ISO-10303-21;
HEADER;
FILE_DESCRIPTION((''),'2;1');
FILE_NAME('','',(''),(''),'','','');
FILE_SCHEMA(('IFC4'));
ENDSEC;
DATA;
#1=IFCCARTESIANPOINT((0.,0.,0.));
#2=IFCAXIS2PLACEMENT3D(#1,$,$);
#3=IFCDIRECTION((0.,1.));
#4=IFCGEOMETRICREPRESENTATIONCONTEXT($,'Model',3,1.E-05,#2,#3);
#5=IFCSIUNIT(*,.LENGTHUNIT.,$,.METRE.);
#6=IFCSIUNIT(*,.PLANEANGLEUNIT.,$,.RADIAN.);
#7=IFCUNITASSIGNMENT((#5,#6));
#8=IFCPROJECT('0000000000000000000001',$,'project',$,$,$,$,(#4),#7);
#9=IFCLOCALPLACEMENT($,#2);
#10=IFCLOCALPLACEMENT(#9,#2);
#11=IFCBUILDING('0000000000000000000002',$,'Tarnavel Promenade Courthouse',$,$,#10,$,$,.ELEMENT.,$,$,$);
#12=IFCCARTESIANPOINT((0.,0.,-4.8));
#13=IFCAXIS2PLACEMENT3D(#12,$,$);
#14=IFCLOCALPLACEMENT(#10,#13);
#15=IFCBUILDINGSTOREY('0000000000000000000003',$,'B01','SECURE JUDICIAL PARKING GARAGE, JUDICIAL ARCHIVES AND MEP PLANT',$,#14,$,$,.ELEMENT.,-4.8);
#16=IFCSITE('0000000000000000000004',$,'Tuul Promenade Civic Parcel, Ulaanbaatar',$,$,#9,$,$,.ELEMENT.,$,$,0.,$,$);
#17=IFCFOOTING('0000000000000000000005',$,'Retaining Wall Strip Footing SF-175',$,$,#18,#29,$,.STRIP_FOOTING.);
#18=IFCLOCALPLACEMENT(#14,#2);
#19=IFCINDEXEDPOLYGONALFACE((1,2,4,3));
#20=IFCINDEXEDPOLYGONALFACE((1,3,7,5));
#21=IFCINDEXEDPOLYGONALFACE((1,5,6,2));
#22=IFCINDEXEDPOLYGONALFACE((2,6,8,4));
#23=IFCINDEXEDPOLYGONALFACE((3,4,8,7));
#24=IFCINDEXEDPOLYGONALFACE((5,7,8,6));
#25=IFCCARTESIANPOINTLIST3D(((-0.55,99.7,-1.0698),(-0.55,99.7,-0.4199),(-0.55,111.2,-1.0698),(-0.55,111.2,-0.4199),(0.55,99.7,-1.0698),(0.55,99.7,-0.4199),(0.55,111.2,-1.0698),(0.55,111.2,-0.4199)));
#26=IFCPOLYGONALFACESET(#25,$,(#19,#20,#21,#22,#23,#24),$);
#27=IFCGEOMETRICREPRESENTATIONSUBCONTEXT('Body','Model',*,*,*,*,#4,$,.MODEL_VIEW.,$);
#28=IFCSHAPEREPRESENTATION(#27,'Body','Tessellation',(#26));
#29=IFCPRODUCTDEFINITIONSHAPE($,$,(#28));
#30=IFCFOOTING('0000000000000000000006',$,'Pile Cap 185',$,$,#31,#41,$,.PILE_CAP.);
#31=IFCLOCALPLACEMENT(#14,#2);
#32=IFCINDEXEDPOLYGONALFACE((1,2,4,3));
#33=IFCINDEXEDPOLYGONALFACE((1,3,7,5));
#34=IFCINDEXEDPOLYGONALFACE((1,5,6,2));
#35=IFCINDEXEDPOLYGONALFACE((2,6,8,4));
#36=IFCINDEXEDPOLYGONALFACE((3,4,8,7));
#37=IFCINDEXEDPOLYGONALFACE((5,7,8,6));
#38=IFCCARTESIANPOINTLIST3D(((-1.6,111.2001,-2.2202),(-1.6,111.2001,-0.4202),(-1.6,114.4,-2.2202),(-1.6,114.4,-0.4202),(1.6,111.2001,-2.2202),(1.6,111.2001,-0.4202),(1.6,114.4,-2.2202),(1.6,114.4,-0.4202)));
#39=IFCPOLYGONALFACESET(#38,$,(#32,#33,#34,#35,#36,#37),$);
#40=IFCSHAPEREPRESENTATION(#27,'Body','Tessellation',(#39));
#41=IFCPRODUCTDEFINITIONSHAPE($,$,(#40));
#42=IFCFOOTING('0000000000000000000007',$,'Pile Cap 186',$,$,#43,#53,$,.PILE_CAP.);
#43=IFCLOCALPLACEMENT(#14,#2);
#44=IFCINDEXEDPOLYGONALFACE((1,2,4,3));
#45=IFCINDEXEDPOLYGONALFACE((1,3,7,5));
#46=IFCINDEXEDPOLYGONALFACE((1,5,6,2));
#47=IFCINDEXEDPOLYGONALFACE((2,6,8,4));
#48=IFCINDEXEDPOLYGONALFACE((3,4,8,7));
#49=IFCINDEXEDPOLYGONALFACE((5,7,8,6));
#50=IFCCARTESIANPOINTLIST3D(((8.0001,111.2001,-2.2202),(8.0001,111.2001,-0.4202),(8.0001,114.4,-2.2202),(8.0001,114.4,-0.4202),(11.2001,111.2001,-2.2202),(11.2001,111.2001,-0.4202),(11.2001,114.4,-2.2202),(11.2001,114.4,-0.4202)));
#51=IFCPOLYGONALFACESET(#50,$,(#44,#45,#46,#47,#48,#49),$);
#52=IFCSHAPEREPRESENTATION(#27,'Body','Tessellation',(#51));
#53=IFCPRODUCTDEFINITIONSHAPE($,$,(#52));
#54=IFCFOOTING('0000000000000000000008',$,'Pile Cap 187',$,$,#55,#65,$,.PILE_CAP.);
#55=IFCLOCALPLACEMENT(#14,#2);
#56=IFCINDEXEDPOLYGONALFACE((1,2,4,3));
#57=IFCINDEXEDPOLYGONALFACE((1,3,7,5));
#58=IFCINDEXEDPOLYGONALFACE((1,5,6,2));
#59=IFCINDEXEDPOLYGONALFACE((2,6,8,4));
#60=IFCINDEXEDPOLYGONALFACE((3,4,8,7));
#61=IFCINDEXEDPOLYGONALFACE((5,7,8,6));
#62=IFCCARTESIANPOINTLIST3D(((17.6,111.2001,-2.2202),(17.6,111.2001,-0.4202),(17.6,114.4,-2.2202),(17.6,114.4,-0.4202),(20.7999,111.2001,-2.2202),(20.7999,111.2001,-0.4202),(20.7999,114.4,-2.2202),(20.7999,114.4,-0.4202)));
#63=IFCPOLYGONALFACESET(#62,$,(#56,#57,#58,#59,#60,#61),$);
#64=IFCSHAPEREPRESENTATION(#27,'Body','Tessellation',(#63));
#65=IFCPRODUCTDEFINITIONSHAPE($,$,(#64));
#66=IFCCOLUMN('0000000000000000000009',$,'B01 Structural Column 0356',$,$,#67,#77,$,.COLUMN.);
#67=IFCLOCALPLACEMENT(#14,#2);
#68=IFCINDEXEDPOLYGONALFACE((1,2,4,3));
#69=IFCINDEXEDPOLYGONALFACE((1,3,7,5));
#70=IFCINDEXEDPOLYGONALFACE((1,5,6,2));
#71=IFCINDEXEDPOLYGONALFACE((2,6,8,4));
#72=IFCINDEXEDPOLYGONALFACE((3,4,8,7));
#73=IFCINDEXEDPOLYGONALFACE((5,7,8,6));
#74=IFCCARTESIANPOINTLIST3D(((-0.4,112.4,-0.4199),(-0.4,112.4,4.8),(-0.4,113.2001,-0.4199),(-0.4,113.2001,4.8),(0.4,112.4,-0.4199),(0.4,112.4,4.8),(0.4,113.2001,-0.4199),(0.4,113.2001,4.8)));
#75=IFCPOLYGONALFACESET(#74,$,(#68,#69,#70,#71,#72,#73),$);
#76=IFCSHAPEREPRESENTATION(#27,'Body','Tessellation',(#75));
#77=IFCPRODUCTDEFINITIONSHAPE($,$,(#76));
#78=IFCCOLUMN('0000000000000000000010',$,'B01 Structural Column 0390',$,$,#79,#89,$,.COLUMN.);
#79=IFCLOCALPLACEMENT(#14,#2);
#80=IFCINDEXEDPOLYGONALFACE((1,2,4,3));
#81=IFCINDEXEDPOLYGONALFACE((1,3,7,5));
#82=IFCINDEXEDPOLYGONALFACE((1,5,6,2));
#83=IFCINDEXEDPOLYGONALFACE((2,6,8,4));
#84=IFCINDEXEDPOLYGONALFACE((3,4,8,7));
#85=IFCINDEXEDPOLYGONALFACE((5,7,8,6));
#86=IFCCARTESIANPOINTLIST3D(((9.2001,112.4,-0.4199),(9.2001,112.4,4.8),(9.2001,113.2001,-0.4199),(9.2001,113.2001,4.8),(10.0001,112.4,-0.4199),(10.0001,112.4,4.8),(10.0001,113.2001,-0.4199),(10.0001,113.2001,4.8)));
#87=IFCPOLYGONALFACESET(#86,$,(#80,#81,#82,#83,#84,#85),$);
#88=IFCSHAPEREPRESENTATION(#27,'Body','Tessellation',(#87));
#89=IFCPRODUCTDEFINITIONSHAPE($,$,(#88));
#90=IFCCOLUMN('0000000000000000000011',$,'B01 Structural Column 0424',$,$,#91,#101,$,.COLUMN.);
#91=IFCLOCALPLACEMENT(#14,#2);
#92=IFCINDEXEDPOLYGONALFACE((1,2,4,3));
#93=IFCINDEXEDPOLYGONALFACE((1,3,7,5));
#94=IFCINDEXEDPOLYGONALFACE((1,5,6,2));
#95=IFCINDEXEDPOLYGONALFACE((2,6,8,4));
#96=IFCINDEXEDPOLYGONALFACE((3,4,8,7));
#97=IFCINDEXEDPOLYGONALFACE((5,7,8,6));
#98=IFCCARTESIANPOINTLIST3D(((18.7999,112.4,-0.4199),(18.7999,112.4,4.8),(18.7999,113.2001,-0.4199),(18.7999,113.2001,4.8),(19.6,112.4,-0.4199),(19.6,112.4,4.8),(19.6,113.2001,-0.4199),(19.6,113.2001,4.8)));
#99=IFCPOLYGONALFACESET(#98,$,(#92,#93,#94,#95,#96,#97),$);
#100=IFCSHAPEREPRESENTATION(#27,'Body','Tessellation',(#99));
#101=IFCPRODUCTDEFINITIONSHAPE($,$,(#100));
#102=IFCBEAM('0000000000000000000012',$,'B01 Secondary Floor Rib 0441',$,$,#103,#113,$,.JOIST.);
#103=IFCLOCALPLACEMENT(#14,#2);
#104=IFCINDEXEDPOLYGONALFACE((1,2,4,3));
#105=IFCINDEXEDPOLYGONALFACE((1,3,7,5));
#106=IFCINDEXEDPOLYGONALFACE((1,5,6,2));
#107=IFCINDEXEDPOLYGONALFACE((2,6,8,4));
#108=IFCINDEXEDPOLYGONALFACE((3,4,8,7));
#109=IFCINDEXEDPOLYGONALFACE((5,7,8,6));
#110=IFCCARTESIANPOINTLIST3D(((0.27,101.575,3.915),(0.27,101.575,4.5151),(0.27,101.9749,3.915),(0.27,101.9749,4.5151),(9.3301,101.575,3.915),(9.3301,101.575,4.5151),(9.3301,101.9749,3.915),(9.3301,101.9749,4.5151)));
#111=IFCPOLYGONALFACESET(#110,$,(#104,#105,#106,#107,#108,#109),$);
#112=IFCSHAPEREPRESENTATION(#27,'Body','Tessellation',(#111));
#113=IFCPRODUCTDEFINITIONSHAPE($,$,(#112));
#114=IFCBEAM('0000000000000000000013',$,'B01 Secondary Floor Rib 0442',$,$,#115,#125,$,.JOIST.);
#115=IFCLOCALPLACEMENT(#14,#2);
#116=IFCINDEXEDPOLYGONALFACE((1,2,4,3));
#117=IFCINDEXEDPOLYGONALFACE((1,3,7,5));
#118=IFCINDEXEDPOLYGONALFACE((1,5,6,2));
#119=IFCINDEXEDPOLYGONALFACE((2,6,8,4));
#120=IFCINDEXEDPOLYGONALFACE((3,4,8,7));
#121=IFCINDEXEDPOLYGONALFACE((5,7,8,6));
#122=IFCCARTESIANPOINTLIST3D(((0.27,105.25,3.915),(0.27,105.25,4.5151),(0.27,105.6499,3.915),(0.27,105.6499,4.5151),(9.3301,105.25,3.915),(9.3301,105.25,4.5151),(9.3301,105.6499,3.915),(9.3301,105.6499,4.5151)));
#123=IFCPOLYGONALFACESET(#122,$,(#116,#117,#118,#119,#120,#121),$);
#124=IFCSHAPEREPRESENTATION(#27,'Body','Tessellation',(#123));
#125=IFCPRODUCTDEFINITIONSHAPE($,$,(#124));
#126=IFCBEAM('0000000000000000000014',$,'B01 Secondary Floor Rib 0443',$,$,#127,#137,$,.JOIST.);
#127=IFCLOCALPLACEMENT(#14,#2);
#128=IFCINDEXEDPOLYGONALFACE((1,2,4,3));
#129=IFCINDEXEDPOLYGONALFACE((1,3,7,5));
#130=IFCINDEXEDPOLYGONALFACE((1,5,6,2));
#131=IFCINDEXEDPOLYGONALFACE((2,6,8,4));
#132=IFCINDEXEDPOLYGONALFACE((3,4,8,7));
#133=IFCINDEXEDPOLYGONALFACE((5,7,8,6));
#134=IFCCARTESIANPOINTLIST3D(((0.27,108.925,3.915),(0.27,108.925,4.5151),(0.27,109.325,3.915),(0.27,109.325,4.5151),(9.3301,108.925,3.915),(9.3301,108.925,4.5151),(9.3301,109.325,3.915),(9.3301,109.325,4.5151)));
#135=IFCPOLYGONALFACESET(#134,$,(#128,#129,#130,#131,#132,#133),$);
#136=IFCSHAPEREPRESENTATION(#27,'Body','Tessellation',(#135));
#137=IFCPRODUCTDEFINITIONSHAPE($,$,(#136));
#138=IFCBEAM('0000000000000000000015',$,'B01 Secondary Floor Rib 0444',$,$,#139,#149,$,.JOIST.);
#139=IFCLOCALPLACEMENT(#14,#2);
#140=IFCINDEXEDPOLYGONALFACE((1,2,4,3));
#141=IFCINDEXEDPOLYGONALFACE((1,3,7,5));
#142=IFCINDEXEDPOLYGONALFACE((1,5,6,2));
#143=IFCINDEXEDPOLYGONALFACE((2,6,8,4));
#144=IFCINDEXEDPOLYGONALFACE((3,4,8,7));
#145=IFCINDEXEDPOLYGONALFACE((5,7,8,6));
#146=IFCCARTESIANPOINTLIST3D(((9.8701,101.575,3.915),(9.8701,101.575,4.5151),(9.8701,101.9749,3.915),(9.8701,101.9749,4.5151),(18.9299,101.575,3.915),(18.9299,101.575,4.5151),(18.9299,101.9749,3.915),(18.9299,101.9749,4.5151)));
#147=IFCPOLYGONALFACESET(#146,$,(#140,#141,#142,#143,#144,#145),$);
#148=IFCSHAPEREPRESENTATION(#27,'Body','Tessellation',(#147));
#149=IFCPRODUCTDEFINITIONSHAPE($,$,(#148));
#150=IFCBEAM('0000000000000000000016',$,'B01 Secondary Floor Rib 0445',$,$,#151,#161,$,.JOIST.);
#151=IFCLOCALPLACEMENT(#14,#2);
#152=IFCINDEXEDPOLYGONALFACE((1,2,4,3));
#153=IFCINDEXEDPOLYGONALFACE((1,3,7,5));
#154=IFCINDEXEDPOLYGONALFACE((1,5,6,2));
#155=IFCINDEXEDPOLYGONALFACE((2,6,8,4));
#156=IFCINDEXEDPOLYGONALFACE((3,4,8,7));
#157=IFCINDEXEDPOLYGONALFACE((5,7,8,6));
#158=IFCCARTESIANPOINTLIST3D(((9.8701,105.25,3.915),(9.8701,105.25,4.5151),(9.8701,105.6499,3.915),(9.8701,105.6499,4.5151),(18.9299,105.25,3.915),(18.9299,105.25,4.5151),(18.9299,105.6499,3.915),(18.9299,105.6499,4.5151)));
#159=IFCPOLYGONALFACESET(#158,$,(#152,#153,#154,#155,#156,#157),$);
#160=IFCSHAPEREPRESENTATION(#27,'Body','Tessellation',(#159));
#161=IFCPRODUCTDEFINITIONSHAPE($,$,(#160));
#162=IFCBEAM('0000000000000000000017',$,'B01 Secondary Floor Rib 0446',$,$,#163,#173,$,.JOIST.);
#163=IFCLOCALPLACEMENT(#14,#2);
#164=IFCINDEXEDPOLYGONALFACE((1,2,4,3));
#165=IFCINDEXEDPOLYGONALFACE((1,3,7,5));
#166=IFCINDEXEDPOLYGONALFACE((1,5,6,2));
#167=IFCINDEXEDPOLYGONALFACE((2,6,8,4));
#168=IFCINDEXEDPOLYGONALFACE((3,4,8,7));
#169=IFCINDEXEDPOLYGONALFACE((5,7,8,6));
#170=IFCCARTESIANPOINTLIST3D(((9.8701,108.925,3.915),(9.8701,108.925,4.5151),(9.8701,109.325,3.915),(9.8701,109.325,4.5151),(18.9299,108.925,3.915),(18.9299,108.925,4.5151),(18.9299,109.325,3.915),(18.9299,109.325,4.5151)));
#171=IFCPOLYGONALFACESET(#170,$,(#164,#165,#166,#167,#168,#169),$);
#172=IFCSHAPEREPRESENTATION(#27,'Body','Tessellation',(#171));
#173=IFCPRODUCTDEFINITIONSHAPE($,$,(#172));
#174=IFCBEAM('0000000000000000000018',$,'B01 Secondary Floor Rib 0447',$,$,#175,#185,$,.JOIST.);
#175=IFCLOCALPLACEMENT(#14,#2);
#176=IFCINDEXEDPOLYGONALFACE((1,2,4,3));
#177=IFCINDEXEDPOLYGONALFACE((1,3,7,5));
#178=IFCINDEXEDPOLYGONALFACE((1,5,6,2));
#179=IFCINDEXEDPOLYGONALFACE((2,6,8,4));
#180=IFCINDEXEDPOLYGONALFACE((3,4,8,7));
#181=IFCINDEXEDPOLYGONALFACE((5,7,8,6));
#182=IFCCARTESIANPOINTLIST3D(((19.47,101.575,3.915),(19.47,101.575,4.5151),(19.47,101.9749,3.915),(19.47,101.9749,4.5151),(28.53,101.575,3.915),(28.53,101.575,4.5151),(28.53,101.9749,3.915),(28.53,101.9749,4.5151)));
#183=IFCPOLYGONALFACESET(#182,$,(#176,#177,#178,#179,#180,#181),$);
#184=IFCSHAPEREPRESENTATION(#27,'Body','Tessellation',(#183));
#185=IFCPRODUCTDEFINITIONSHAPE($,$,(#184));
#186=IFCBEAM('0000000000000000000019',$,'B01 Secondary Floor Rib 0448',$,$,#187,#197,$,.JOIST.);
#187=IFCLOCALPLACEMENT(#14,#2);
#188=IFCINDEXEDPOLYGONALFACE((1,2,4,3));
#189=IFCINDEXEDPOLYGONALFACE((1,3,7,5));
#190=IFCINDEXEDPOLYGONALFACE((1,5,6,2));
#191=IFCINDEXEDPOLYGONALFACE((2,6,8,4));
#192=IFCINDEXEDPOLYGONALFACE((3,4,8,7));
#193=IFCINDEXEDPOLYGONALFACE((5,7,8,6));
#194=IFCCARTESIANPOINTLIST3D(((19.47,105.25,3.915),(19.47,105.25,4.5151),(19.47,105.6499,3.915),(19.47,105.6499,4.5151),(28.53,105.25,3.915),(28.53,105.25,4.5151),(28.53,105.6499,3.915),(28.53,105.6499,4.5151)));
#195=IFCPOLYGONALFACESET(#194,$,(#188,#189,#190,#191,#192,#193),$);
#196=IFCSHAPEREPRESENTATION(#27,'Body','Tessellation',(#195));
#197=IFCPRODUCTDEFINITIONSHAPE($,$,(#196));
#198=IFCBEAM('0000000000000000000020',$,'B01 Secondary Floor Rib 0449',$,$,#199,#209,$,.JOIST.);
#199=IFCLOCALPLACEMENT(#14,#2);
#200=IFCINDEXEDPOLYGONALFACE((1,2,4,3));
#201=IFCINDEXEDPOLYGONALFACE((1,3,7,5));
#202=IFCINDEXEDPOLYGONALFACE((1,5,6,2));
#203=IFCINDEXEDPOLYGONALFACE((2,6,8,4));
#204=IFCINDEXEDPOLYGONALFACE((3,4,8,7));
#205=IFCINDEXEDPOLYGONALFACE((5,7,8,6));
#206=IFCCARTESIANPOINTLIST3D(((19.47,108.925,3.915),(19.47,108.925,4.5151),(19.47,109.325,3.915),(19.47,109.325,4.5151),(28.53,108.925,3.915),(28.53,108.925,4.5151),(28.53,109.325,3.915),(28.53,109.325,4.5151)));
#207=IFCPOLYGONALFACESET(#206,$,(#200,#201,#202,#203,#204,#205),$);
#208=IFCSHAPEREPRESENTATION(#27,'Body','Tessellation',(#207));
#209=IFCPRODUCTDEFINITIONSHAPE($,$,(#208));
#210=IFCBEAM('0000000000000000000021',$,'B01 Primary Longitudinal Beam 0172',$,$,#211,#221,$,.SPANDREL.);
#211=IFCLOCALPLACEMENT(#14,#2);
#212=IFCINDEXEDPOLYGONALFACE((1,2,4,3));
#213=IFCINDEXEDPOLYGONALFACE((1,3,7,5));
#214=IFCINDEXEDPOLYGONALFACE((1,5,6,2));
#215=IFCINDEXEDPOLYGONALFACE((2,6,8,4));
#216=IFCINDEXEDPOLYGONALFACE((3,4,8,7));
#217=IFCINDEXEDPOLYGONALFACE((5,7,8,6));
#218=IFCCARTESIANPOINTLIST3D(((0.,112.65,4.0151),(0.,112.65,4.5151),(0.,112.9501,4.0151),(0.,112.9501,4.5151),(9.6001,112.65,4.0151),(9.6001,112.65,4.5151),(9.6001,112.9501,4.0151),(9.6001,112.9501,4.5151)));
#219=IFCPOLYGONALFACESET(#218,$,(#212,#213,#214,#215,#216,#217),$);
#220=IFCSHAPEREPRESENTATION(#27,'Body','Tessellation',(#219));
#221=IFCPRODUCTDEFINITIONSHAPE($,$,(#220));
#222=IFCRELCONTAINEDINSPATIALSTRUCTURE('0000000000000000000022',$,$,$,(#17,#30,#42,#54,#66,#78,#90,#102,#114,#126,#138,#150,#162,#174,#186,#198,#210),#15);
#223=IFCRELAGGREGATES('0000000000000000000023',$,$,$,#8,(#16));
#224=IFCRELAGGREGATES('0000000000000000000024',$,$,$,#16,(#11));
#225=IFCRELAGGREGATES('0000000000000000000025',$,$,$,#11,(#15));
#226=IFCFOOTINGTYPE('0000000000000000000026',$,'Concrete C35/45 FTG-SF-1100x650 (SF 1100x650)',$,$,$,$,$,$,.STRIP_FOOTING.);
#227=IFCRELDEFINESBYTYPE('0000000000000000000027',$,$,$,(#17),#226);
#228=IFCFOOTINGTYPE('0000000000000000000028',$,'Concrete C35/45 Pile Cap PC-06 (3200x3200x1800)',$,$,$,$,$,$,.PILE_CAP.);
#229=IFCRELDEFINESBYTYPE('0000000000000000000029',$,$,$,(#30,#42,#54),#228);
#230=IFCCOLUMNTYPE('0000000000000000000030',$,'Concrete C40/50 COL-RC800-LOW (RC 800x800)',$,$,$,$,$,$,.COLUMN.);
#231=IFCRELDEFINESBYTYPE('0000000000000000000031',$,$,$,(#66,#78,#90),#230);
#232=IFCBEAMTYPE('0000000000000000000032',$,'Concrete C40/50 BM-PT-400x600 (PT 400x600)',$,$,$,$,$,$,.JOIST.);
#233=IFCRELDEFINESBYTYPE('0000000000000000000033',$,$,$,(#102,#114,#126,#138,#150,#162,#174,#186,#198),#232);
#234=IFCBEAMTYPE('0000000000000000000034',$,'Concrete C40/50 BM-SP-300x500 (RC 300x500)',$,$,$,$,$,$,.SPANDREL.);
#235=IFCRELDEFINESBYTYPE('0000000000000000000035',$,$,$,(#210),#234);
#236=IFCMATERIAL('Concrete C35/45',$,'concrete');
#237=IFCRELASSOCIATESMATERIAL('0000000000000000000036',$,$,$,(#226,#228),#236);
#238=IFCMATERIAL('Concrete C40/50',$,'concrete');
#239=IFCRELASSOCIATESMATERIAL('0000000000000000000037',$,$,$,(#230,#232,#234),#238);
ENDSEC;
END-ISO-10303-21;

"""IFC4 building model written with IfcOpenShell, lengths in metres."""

from ifc_helpers import new_model, si_unit, direction, frame, origin, origin_2d, place, context, subcontext, project, spatial, rectangle, extrude, material, material_profile, profile_set, type_object, element, save


model = new_model("IFC4")

# Units and contexts
model_context = context("Model", 3, precision=1e-05, world=origin(), true_north=direction((0.0, 1.0)))
body_context = subcontext(model_context, "Body", "Model", "MODEL_VIEW")
ifc_project = project(units=[si_unit("LENGTHUNIT", "METRE"), si_unit("PLANEANGLEUNIT", "RADIAN")], contexts=[model_context])

# Site, building, storey
site_placement = place(None, origin())
site = spatial("IfcSite", under=ifc_project, at=site_placement, Name="Tuul Promenade Civic Parcel, Ulaanbaatar", CompositionType="ELEMENT", RefElevation=0.0)
building_placement = place(site_placement, origin())
building = spatial("IfcBuilding", under=site, at=building_placement, Name="Tarnavel Promenade Courthouse", CompositionType="ELEMENT")
storey_placement = place(building_placement, frame((0.0, 0.0, -4.8)))
storey = spatial("IfcBuildingStorey", under=building, at=storey_placement, Name="B01", Description="SECURE JUDICIAL PARKING GARAGE, JUDICIAL ARCHIVES AND MEP PLANT", CompositionType="ELEMENT", Elevation=-4.8)

# Footings
ifc_material_1 = material(Name="Concrete C35/45", Category="concrete")
ifc_material_profile_1 = material_profile(ifc_material_1, rectangle(XDim=1.1001, YDim=0.6499, at=origin_2d()), Name="SF 1100x650")
ifc_profile_set_1 = profile_set([ifc_material_profile_1], Name="Concrete C35/45")
footing_type_1 = type_object("IfcFootingType", Name="Concrete C35/45 FTG-SF-1100x650 (SF 1100x650)", PredefinedType="STRIP_FOOTING", material=ifc_profile_set_1)
footing_1_placement = place(storey_placement, frame((0.0, 99.7, -0.7449), z_axis=(0.0, 1.0, 0.0), x_axis=(-1.0, 0.0, 0.0)))
element("IfcFooting", 1, at=footing_1_placement, inside=storey, type_object=footing_type_1, Name="Retaining Wall Strip Footing SF-175", PredefinedType="STRIP_FOOTING", context=body_context, shape_type="SweptSolid", body=[
    extrude(rectangle(XDim=1.1001, YDim=0.6499, at=origin_2d()), origin(), (0.0, 0.0, 1.0), 11.5),
])
footing_type_2 = type_object("IfcFootingType", Name="Concrete C35/45 Pile Cap PC-06 (3200x3200x1800)", PredefinedType="PILE_CAP", material=ifc_material_1)
for number, where, z_axis, x_axis, name in (
    (2, (0.0, 112.8, -2.2202), (0.0, 0.0, 1.0), (1.0, 0.0, 0.0), "Pile Cap 185"),
    (3, (9.6001, 112.8, -2.2202), (0.0, 0.0, 1.0), (1.0, 0.0, 0.0), "Pile Cap 186"),
    (4, (19.2, 112.8, -2.2202), (0.0, 0.0, 1.0), (1.0, 0.0, 0.0), "Pile Cap 187"),
):
    element("IfcFooting", number, at=place(storey_placement, frame(where, z_axis=z_axis, x_axis=x_axis)), inside=storey, type_object=footing_type_2, Name=name, PredefinedType="PILE_CAP", context=body_context, shape_type="SweptSolid", body=[
        extrude(rectangle(XDim=3.2, YDim=3.2, at=origin_2d()), origin(), (0.0, 0.0, 1.0), 1.8),
    ])

# Columns
ifc_material_2 = material(Name="Concrete C40/50", Category="concrete")
ifc_material_profile_2 = material_profile(ifc_material_2, rectangle(XDim=0.8, YDim=0.8, at=origin_2d()), Name="RC 800x800")
ifc_profile_set_2 = profile_set([ifc_material_profile_2], Name="Concrete C40/50")
column_type = type_object("IfcColumnType", Name="Concrete C40/50 COL-RC800-LOW (RC 800x800)", PredefinedType="COLUMN", material=ifc_profile_set_2)
for number, where, z_axis, x_axis, name in (
    (5, (0.0, 112.8, -0.4199), (0.0, 0.0, 1.0), (1.0, 0.0, 0.0), "B01 Structural Column 0356"),
    (6, (9.6001, 112.8, -0.4199), (0.0, 0.0, 1.0), (1.0, 0.0, 0.0), "B01 Structural Column 0390"),
    (7, (19.2, 112.8, -0.4199), (0.0, 0.0, 1.0), (1.0, 0.0, 0.0), "B01 Structural Column 0424"),
):
    element("IfcColumn", number, at=place(storey_placement, frame(where, z_axis=z_axis, x_axis=x_axis)), inside=storey, type_object=column_type, Name=name, PredefinedType="COLUMN", context=body_context, shape_type="SweptSolid", body=[
        extrude(rectangle(XDim=0.8, YDim=0.8, at=origin_2d()), origin(), (0.0, 0.0, 1.0), 5.22),
    ])

# Beams
ifc_material_profile_3 = material_profile(ifc_material_2, rectangle(XDim=0.3999, YDim=0.6001, at=origin_2d()), Name="PT 400x600")
ifc_profile_set_3 = profile_set([ifc_material_profile_3], Name="Concrete C40/50")
beam_type_1 = type_object("IfcBeamType", Name="Concrete C40/50 BM-PT-400x600 (PT 400x600)", PredefinedType="JOIST", material=ifc_profile_set_3)
for number, where, z_axis, x_axis, name in (
    (8, (0.27, 101.7749, 4.2151), (1.0, 0.0, 0.0), (0.0, 1.0, 0.0), "B01 Secondary Floor Rib 0441"),
    (9, (0.27, 105.45, 4.2151), (1.0, 0.0, 0.0), (0.0, 1.0, 0.0), "B01 Secondary Floor Rib 0442"),
    (10, (0.27, 109.125, 4.2151), (1.0, 0.0, 0.0), (0.0, 1.0, 0.0), "B01 Secondary Floor Rib 0443"),
):
    element("IfcBeam", number, at=place(storey_placement, frame(where, z_axis=z_axis, x_axis=x_axis)), inside=storey, type_object=beam_type_1, Name=name, PredefinedType="JOIST", context=body_context, shape_type="SweptSolid", body=[
        extrude(rectangle(XDim=0.3999, YDim=0.6001, at=origin_2d()), origin(), (0.0, 0.0, 1.0), 9.0601),
    ])
for number, where, z_axis, x_axis, name in (
    (11, (9.8701, 101.7749, 4.2151), (1.0, 0.0, 0.0), (0.0, 1.0, 0.0), "B01 Secondary Floor Rib 0444"),
    (12, (9.8701, 105.45, 4.2151), (1.0, 0.0, 0.0), (0.0, 1.0, 0.0), "B01 Secondary Floor Rib 0445"),
    (13, (9.8701, 109.125, 4.2151), (1.0, 0.0, 0.0), (0.0, 1.0, 0.0), "B01 Secondary Floor Rib 0446"),
):
    element("IfcBeam", number, at=place(storey_placement, frame(where, z_axis=z_axis, x_axis=x_axis)), inside=storey, type_object=beam_type_1, Name=name, PredefinedType="JOIST", context=body_context, shape_type="SweptSolid", body=[
        extrude(rectangle(XDim=0.3999, YDim=0.6001, at=origin_2d()), origin(), (0.0, 0.0, 1.0), 9.0598),
    ])
for number, where, z_axis, x_axis, name in (
    (14, (19.47, 101.7749, 4.2151), (1.0, 0.0, 0.0), (0.0, 1.0, 0.0), "B01 Secondary Floor Rib 0447"),
    (15, (19.47, 105.45, 4.2151), (1.0, 0.0, 0.0), (0.0, 1.0, 0.0), "B01 Secondary Floor Rib 0448"),
    (16, (19.47, 109.125, 4.2151), (1.0, 0.0, 0.0), (0.0, 1.0, 0.0), "B01 Secondary Floor Rib 0449"),
):
    element("IfcBeam", number, at=place(storey_placement, frame(where, z_axis=z_axis, x_axis=x_axis)), inside=storey, type_object=beam_type_1, Name=name, PredefinedType="JOIST", context=body_context, shape_type="SweptSolid", body=[
        extrude(rectangle(XDim=0.3999, YDim=0.6001, at=origin_2d()), origin(), (0.0, 0.0, 1.0), 9.0601),
    ])
ifc_material_profile_4 = material_profile(ifc_material_2, rectangle(XDim=0.3, YDim=0.5, at=origin_2d()), Name="RC 300x500")
ifc_profile_set_4 = profile_set([ifc_material_profile_4], Name="Concrete C40/50")
beam_type_2 = type_object("IfcBeamType", Name="Concrete C40/50 BM-SP-300x500 (RC 300x500)", PredefinedType="SPANDREL", material=ifc_profile_set_4)
beam_1_placement = place(storey_placement, frame((0.0, 112.8, 4.2651), z_axis=(1.0, 0.0, 0.0), x_axis=(0.0, 1.0, 0.0)))
element("IfcBeam", 17, at=beam_1_placement, inside=storey, type_object=beam_type_2, Name="B01 Primary Longitudinal Beam 0172", PredefinedType="SPANDREL", context=body_context, shape_type="SweptSolid", body=[
    extrude(rectangle(XDim=0.3, YDim=0.5, at=origin_2d()), origin(), (0.0, 0.0, 1.0), 9.6001),
])

save(model, "model.ifc")
